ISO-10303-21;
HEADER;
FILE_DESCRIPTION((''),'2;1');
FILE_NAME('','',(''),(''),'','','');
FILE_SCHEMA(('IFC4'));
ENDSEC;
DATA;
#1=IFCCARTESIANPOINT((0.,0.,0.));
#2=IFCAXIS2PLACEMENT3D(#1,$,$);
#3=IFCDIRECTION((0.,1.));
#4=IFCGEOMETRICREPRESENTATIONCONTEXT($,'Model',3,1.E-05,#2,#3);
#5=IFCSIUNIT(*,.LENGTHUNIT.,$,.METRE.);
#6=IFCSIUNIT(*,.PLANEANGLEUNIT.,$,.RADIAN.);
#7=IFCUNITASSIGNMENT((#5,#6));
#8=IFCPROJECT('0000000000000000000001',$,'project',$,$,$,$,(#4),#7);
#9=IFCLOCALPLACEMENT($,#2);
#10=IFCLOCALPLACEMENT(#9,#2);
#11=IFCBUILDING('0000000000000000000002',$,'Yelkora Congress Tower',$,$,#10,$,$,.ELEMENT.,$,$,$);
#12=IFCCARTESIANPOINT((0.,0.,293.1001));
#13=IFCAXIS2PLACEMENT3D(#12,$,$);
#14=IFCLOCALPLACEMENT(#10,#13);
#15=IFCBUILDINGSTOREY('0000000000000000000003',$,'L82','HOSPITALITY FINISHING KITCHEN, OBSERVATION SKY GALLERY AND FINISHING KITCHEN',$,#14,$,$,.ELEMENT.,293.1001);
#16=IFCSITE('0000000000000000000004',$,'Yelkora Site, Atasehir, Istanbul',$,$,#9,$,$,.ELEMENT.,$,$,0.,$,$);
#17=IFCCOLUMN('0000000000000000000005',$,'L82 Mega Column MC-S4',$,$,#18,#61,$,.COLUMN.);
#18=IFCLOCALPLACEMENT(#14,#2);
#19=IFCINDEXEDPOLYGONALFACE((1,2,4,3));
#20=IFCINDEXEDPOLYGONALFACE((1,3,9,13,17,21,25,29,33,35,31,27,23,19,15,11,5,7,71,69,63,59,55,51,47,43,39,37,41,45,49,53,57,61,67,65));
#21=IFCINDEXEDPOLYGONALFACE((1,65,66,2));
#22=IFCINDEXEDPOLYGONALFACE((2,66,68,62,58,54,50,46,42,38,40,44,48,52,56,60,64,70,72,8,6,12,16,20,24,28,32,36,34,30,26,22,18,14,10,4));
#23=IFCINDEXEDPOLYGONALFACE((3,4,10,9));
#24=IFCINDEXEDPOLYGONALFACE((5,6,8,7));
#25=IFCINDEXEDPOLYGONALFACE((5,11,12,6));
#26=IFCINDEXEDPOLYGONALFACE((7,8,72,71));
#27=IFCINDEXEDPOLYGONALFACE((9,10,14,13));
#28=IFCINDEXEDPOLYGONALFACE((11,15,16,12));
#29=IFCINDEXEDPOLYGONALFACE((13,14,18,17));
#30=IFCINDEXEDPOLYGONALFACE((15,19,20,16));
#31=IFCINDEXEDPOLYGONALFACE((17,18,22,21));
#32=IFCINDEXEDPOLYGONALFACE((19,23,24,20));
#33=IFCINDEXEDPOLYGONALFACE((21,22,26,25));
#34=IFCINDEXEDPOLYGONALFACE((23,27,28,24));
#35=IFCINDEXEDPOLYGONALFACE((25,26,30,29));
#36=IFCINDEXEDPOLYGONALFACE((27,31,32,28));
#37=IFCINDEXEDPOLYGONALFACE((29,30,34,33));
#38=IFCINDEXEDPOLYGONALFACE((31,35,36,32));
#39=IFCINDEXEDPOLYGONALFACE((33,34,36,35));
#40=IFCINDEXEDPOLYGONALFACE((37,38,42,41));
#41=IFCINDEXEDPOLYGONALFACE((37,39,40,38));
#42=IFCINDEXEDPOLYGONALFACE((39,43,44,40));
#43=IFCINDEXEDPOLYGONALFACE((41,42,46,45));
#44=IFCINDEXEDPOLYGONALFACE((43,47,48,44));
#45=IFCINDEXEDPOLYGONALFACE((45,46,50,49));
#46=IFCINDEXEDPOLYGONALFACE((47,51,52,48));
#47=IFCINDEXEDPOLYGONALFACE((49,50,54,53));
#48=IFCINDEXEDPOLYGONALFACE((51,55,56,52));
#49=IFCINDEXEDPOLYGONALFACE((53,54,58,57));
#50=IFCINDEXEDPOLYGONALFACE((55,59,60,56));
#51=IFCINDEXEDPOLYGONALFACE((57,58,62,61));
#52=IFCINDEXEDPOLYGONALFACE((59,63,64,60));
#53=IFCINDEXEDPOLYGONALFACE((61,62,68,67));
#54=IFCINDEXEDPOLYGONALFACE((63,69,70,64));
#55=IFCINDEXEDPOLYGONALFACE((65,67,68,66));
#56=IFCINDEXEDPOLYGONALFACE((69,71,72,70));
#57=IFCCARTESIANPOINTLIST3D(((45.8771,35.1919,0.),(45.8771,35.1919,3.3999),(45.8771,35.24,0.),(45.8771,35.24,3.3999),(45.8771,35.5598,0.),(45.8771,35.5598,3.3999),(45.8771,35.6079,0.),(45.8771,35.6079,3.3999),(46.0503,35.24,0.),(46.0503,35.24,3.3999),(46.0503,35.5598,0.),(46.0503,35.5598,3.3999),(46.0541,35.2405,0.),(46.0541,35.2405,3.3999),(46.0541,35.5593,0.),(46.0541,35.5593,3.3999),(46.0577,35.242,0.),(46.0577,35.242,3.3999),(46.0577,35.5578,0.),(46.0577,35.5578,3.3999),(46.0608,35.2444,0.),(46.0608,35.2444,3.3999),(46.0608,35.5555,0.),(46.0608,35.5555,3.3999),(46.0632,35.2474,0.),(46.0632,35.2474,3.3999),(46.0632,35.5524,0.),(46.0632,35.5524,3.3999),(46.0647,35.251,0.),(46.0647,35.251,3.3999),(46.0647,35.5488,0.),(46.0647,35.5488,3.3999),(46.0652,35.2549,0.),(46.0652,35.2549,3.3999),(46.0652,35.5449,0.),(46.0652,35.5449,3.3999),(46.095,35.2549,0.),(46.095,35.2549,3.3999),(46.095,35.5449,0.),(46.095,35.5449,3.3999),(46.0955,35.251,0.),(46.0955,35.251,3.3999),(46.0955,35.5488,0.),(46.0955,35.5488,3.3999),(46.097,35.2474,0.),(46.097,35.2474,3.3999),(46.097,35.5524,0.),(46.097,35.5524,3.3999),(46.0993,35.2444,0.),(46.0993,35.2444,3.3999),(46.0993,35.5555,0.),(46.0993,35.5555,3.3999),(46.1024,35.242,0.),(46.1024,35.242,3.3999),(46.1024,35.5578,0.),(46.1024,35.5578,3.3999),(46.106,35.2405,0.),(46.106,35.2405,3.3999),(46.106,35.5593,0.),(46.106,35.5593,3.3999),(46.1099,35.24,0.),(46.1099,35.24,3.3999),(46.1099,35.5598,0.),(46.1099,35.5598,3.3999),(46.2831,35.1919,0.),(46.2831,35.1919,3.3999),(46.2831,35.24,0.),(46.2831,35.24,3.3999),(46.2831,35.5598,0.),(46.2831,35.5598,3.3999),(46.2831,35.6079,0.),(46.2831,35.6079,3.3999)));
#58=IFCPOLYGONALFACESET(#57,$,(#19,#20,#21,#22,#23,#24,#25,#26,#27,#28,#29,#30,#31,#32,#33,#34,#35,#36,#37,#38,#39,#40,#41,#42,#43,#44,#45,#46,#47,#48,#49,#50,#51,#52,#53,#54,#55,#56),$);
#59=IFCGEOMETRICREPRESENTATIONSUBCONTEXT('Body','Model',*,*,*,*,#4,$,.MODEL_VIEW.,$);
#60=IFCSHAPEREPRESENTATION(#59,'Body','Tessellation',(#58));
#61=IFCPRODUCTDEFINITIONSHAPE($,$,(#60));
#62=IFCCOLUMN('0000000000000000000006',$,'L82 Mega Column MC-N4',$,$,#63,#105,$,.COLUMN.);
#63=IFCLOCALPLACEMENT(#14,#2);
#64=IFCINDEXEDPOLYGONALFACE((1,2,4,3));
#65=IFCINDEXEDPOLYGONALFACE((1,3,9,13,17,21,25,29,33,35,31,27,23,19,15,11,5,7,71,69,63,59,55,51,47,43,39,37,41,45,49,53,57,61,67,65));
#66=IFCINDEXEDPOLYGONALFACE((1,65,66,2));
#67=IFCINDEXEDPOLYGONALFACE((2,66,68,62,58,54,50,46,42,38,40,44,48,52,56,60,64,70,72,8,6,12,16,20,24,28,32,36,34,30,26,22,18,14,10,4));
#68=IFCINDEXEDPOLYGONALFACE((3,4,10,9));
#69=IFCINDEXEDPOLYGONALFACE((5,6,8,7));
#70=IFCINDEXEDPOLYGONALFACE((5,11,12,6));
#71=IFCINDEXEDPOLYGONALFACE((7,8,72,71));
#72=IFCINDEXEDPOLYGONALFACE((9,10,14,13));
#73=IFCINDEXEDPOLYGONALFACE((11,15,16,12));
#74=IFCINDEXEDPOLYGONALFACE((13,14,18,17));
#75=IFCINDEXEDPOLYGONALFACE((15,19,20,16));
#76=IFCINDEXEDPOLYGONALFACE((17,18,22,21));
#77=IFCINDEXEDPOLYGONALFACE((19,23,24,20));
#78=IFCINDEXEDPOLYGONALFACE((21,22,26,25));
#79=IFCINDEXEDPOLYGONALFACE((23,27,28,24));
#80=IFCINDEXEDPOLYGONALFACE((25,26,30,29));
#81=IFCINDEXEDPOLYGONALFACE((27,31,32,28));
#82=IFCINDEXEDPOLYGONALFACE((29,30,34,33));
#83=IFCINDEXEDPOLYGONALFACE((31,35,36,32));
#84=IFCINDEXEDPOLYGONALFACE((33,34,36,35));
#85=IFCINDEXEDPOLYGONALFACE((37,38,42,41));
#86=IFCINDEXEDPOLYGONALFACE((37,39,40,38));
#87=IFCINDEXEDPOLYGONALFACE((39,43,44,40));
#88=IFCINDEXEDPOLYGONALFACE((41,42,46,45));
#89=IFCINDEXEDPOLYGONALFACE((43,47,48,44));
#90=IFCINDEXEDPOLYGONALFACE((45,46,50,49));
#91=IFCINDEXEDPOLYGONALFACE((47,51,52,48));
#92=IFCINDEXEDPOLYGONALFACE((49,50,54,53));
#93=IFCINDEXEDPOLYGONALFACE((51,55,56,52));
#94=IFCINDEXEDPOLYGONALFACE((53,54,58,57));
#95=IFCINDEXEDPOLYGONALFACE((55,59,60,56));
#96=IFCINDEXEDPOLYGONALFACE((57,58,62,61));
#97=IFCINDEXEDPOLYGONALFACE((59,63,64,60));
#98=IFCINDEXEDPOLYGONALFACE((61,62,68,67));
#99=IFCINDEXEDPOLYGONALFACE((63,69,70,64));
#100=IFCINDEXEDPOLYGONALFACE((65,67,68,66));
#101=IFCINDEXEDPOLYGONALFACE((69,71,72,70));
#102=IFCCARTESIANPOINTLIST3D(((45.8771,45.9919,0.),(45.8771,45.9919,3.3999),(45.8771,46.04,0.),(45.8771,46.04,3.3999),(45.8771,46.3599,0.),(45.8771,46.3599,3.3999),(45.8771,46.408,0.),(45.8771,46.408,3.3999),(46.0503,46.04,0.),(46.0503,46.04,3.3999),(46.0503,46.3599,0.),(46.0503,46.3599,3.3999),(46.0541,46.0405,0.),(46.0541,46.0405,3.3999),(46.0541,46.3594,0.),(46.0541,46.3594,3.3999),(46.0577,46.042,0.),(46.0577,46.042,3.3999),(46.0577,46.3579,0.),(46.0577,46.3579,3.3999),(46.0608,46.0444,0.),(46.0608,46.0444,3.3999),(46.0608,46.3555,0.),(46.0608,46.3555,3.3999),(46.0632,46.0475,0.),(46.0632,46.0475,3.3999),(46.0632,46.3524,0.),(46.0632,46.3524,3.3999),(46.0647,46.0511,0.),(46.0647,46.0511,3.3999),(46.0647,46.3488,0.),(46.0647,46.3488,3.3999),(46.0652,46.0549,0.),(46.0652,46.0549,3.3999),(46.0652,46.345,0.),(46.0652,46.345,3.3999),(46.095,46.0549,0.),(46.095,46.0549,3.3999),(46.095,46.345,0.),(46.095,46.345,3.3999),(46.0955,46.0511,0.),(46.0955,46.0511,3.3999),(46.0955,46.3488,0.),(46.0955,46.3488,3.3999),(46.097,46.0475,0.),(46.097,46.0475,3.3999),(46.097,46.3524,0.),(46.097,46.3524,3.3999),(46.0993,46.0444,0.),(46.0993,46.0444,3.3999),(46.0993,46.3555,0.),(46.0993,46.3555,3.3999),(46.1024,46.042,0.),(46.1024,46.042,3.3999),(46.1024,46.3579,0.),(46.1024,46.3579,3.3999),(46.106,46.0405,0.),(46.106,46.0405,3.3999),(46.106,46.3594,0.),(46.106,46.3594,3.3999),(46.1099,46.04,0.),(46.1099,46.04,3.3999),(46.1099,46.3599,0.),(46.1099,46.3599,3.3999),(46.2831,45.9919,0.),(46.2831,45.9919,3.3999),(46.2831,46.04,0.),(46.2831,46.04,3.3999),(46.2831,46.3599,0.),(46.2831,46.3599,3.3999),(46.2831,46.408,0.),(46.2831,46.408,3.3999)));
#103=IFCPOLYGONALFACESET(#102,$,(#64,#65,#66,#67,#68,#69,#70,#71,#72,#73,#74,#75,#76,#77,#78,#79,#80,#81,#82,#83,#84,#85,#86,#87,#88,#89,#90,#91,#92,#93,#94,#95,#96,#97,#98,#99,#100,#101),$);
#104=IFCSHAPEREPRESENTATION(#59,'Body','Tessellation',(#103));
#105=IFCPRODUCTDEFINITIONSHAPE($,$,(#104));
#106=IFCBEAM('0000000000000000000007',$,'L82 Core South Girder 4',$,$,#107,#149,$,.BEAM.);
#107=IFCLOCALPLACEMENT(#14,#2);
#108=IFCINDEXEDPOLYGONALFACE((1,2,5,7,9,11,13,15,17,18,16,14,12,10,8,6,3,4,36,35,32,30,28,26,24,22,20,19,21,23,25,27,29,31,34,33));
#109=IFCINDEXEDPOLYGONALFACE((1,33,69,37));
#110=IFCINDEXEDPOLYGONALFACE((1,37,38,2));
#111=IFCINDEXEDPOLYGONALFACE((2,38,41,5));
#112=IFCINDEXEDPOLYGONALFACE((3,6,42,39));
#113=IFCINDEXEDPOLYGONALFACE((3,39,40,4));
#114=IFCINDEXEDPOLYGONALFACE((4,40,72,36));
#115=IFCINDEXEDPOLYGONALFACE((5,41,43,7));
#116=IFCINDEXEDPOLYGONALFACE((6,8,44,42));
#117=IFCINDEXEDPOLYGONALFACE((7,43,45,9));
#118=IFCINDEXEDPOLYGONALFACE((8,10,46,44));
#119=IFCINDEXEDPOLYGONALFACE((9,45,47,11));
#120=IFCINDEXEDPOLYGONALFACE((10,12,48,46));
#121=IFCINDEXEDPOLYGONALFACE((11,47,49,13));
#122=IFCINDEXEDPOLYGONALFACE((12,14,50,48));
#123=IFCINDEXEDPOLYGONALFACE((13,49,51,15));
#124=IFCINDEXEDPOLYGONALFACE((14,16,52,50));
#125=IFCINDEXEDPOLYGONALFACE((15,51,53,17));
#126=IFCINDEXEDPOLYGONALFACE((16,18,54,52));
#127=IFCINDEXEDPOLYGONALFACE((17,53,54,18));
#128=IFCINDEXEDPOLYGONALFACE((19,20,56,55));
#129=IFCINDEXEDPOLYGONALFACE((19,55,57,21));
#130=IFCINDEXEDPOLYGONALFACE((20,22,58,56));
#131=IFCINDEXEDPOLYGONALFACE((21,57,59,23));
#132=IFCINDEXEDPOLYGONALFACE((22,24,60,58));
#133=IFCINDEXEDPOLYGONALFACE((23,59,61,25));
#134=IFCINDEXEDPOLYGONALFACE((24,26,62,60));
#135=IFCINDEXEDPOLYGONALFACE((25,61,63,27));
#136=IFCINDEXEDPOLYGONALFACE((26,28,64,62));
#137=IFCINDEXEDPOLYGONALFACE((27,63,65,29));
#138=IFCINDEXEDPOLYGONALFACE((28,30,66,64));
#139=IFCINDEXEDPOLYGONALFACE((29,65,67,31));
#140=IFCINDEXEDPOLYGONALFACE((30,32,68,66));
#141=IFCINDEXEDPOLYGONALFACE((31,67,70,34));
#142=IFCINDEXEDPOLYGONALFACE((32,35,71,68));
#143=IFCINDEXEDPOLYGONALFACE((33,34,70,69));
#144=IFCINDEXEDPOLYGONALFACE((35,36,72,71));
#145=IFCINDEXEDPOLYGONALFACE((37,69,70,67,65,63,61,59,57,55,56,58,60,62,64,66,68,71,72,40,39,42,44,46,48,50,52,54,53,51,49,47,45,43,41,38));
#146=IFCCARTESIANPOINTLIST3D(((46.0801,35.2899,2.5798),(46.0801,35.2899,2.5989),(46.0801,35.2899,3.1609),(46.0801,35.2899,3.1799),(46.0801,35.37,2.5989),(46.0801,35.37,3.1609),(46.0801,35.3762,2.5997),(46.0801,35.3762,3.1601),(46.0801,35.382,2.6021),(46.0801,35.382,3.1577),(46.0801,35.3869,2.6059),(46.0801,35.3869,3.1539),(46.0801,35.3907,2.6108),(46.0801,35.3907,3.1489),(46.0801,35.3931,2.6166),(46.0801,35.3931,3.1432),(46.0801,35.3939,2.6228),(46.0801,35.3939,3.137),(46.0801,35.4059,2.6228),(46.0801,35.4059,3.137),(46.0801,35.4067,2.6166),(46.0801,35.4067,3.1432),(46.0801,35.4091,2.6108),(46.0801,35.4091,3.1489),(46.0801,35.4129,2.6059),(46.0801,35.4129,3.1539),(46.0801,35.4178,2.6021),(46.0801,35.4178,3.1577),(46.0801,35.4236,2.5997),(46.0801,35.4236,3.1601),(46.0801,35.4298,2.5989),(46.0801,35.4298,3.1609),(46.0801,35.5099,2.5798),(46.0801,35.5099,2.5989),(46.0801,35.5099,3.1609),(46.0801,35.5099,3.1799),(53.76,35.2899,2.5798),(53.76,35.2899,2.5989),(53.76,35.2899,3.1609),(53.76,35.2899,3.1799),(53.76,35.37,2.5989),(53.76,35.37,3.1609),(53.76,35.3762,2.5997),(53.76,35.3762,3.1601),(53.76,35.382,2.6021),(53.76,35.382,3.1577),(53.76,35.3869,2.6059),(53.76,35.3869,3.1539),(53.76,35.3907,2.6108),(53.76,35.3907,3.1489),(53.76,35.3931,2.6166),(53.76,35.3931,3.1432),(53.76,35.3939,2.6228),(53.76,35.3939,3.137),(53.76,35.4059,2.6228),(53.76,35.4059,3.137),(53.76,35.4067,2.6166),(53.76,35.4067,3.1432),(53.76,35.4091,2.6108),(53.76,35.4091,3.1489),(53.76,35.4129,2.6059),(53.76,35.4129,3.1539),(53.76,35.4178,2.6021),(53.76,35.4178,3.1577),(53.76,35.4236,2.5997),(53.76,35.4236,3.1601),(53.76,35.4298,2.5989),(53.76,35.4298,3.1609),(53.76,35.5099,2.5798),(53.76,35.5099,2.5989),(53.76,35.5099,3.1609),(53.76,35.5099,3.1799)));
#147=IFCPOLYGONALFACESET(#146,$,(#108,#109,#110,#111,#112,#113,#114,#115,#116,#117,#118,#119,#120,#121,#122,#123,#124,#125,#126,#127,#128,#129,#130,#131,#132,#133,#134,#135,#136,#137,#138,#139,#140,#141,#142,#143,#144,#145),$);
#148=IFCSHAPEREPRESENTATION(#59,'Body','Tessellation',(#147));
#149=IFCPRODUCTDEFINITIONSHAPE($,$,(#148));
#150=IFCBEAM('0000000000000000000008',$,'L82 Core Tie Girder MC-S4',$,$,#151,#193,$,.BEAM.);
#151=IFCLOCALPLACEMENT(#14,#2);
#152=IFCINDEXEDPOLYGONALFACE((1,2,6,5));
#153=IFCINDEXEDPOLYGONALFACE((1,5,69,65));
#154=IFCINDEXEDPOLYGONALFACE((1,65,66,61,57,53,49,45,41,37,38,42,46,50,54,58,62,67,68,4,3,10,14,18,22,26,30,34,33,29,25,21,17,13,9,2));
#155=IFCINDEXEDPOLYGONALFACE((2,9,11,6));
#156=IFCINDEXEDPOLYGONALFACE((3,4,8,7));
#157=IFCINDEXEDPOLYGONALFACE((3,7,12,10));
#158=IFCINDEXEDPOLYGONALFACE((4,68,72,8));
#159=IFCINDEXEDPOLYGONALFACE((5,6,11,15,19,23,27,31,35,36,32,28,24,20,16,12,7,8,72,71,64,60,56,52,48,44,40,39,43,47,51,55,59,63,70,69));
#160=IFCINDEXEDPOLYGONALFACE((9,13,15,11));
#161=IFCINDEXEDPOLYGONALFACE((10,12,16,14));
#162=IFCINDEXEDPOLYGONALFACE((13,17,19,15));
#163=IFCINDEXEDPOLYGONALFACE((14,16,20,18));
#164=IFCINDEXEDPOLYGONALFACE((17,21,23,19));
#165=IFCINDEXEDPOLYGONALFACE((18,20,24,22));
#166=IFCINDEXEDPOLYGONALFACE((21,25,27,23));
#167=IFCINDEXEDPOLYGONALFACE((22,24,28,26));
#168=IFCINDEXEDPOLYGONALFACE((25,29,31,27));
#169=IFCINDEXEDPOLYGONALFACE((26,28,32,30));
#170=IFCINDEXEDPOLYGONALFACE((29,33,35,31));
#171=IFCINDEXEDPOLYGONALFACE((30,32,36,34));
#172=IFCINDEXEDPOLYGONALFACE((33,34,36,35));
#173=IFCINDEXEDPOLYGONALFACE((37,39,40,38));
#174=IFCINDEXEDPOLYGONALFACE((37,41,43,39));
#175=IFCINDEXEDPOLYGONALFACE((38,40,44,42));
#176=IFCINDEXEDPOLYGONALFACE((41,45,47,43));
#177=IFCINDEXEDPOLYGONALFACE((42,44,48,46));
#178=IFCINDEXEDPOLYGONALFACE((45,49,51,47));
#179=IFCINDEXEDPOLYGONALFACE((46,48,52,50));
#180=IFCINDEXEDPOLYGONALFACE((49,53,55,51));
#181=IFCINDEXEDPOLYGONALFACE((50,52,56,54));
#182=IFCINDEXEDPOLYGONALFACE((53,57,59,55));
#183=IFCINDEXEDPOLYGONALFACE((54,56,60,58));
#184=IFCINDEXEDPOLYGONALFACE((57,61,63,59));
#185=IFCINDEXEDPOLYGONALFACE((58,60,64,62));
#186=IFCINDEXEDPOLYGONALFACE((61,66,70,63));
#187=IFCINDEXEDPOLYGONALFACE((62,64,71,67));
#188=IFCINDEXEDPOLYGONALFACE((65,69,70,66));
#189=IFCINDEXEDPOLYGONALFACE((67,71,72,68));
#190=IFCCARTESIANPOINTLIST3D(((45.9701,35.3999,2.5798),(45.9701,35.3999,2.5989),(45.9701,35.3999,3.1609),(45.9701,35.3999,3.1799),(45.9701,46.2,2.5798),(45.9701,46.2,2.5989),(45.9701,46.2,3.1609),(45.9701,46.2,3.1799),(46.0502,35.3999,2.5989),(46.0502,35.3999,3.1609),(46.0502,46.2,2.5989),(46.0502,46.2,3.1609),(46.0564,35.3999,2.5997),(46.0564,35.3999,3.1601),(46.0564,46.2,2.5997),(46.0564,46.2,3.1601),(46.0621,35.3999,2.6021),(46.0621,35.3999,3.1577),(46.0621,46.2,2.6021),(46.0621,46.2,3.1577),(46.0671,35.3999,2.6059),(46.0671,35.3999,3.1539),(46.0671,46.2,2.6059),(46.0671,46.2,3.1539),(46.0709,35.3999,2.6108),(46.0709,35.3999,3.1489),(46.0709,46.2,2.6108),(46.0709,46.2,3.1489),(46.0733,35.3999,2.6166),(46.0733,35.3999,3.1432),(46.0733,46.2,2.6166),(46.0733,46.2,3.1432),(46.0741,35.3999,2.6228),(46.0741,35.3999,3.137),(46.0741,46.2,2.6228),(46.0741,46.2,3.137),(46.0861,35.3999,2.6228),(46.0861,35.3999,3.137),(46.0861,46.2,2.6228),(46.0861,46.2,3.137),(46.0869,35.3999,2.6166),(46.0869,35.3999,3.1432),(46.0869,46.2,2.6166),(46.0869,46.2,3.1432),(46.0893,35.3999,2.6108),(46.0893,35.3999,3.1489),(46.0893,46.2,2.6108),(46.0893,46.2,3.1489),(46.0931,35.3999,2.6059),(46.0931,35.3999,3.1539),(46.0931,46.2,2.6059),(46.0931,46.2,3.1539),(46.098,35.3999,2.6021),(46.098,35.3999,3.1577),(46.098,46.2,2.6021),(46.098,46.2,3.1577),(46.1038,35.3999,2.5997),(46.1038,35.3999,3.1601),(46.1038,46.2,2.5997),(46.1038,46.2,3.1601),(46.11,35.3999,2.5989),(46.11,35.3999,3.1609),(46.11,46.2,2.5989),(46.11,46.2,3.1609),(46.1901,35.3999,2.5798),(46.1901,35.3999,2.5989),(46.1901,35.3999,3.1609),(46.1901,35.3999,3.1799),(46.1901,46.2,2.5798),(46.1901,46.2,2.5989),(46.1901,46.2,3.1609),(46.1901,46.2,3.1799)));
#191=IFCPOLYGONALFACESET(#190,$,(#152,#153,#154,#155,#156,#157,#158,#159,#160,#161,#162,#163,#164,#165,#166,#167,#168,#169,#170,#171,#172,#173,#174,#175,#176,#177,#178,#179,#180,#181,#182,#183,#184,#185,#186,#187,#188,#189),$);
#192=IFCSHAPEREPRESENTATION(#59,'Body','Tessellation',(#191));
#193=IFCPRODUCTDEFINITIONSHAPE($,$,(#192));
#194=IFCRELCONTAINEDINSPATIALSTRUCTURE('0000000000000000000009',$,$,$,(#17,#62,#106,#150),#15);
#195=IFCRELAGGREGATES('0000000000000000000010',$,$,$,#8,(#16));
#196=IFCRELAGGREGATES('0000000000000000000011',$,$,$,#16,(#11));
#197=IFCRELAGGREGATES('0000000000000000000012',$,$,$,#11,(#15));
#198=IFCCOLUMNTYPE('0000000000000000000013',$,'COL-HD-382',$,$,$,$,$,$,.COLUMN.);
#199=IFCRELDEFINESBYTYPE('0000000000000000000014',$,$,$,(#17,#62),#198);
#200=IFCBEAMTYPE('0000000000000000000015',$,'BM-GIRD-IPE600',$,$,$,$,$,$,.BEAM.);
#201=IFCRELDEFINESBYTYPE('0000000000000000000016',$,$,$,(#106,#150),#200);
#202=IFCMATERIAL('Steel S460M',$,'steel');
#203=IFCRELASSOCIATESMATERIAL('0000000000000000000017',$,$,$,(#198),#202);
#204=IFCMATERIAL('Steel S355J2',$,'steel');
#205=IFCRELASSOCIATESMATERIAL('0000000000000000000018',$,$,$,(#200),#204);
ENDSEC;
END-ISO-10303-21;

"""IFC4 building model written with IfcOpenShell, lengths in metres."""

from ifc_helpers import new_model, si_unit, direction, frame, origin, origin_2d, place, context, subcontext, project, spatial, i_section, extrude, material, material_profile, profile_set, type_object, element, save


model = new_model("IFC4")

# Units and contexts
model_context = context("Model", 3, precision=1e-05, world=origin(), true_north=direction((0.0, 1.0)))
body_context = subcontext(model_context, "Body", "Model", "MODEL_VIEW")
ifc_project = project(units=[si_unit("LENGTHUNIT", "METRE"), si_unit("PLANEANGLEUNIT", "RADIAN")], contexts=[model_context])

# Site, building, storey
site_placement = place(None, origin())
site = spatial("IfcSite", under=ifc_project, at=site_placement, Name="Yelkora Site, Atasehir, Istanbul", CompositionType="ELEMENT", RefElevation=0.0)
building_placement = place(site_placement, origin())
building = spatial("IfcBuilding", under=site, at=building_placement, Name="Yelkora Congress Tower", CompositionType="ELEMENT")
storey_placement = place(building_placement, frame((0.0, 0.0, 293.1001)))
storey = spatial("IfcBuildingStorey", under=building, at=storey_placement, Name="L82", Description="HOSPITALITY FINISHING KITCHEN, OBSERVATION SKY GALLERY AND FINISHING KITCHEN", CompositionType="ELEMENT", Elevation=293.1001)

# Columns
ifc_material_1 = material(Name="Steel S460M", Category="steel")
ifc_material_profile_1 = material_profile(ifc_material_1, i_section(OverallWidth=0.406, OverallDepth=0.416, WebThickness=0.0298, FlangeThickness=0.0481, FilletRadius=0.0149, at=origin_2d()), Name="HD 400x382")
ifc_profile_set_1 = profile_set([ifc_material_profile_1], Name="Steel S460M")
column_type = type_object("IfcColumnType", Name="COL-HD-382", PredefinedType="COLUMN", material=ifc_profile_set_1)
for number, where, z_axis, x_axis, name in (
    (1, (46.0801, 35.3999, 0.0), (0.0, 0.0, 1.0), (1.0, 0.0, 0.0), "L82 Mega Column MC-S4"),
    (2, (46.0801, 46.2, 0.0), (0.0, 0.0, 1.0), (1.0, 0.0, 0.0), "L82 Mega Column MC-N4"),
):
    element("IfcColumn", number, at=place(storey_placement, frame(where, z_axis=z_axis, x_axis=x_axis)), inside=storey, type_object=column_type, Name=name, PredefinedType="COLUMN", context=body_context, shape_type="SweptSolid", body=[
        extrude(i_section(OverallWidth=0.406, OverallDepth=0.416, WebThickness=0.0298, FlangeThickness=0.0481, FilletRadius=0.0149, at=origin_2d()), origin(), (0.0, 0.0, 1.0), 3.3999),
    ])

# Beams
ifc_material_2 = material(Name="Steel S355J2", Category="steel")
ifc_material_profile_2 = material_profile(ifc_material_2, i_section(OverallWidth=0.22, OverallDepth=0.6001, WebThickness=0.012, FlangeThickness=0.019, FilletRadius=0.0239, at=origin_2d()), Name="IPE 600")
ifc_profile_set_2 = profile_set([ifc_material_profile_2], Name="Steel S355J2")
beam_type_1 = type_object("IfcBeamType", Name="BM-GIRD-IPE600", PredefinedType="BEAM", material=ifc_profile_set_2)
beam_1_placement = place(storey_placement, frame((46.0801, 35.3999, 2.8799), z_axis=(1.0, 0.0, 0.0), x_axis=(0.0, 1.0, 0.0)))
element("IfcBeam", 3, at=beam_1_placement, inside=storey, type_object=beam_type_1, Name="L82 Core South Girder 4", PredefinedType="BEAM", context=body_context, shape_type="SweptSolid", body=[
    extrude(i_section(OverallWidth=0.22, OverallDepth=0.6001, WebThickness=0.012, FlangeThickness=0.019, FilletRadius=0.0239, at=origin_2d()), origin(), (0.0, 0.0, 1.0), 7.6799),
])
beam_2_placement = place(storey_placement, frame((46.0801, 35.3999, 2.8799), z_axis=(0.0, 1.0, 0.0), x_axis=(-1.0, 0.0, 0.0)))
element("IfcBeam", 4, at=beam_2_placement, inside=storey, type_object=beam_type_1, Name="L82 Core Tie Girder MC-S4", PredefinedType="BEAM", context=body_context, shape_type="SweptSolid", body=[
    extrude(i_section(OverallWidth=0.22, OverallDepth=0.6001, WebThickness=0.012, FlangeThickness=0.019, FilletRadius=0.0239, at=origin_2d()), origin(), (0.0, 0.0, 1.0), 10.8),
])

save(model, "model.ifc")
